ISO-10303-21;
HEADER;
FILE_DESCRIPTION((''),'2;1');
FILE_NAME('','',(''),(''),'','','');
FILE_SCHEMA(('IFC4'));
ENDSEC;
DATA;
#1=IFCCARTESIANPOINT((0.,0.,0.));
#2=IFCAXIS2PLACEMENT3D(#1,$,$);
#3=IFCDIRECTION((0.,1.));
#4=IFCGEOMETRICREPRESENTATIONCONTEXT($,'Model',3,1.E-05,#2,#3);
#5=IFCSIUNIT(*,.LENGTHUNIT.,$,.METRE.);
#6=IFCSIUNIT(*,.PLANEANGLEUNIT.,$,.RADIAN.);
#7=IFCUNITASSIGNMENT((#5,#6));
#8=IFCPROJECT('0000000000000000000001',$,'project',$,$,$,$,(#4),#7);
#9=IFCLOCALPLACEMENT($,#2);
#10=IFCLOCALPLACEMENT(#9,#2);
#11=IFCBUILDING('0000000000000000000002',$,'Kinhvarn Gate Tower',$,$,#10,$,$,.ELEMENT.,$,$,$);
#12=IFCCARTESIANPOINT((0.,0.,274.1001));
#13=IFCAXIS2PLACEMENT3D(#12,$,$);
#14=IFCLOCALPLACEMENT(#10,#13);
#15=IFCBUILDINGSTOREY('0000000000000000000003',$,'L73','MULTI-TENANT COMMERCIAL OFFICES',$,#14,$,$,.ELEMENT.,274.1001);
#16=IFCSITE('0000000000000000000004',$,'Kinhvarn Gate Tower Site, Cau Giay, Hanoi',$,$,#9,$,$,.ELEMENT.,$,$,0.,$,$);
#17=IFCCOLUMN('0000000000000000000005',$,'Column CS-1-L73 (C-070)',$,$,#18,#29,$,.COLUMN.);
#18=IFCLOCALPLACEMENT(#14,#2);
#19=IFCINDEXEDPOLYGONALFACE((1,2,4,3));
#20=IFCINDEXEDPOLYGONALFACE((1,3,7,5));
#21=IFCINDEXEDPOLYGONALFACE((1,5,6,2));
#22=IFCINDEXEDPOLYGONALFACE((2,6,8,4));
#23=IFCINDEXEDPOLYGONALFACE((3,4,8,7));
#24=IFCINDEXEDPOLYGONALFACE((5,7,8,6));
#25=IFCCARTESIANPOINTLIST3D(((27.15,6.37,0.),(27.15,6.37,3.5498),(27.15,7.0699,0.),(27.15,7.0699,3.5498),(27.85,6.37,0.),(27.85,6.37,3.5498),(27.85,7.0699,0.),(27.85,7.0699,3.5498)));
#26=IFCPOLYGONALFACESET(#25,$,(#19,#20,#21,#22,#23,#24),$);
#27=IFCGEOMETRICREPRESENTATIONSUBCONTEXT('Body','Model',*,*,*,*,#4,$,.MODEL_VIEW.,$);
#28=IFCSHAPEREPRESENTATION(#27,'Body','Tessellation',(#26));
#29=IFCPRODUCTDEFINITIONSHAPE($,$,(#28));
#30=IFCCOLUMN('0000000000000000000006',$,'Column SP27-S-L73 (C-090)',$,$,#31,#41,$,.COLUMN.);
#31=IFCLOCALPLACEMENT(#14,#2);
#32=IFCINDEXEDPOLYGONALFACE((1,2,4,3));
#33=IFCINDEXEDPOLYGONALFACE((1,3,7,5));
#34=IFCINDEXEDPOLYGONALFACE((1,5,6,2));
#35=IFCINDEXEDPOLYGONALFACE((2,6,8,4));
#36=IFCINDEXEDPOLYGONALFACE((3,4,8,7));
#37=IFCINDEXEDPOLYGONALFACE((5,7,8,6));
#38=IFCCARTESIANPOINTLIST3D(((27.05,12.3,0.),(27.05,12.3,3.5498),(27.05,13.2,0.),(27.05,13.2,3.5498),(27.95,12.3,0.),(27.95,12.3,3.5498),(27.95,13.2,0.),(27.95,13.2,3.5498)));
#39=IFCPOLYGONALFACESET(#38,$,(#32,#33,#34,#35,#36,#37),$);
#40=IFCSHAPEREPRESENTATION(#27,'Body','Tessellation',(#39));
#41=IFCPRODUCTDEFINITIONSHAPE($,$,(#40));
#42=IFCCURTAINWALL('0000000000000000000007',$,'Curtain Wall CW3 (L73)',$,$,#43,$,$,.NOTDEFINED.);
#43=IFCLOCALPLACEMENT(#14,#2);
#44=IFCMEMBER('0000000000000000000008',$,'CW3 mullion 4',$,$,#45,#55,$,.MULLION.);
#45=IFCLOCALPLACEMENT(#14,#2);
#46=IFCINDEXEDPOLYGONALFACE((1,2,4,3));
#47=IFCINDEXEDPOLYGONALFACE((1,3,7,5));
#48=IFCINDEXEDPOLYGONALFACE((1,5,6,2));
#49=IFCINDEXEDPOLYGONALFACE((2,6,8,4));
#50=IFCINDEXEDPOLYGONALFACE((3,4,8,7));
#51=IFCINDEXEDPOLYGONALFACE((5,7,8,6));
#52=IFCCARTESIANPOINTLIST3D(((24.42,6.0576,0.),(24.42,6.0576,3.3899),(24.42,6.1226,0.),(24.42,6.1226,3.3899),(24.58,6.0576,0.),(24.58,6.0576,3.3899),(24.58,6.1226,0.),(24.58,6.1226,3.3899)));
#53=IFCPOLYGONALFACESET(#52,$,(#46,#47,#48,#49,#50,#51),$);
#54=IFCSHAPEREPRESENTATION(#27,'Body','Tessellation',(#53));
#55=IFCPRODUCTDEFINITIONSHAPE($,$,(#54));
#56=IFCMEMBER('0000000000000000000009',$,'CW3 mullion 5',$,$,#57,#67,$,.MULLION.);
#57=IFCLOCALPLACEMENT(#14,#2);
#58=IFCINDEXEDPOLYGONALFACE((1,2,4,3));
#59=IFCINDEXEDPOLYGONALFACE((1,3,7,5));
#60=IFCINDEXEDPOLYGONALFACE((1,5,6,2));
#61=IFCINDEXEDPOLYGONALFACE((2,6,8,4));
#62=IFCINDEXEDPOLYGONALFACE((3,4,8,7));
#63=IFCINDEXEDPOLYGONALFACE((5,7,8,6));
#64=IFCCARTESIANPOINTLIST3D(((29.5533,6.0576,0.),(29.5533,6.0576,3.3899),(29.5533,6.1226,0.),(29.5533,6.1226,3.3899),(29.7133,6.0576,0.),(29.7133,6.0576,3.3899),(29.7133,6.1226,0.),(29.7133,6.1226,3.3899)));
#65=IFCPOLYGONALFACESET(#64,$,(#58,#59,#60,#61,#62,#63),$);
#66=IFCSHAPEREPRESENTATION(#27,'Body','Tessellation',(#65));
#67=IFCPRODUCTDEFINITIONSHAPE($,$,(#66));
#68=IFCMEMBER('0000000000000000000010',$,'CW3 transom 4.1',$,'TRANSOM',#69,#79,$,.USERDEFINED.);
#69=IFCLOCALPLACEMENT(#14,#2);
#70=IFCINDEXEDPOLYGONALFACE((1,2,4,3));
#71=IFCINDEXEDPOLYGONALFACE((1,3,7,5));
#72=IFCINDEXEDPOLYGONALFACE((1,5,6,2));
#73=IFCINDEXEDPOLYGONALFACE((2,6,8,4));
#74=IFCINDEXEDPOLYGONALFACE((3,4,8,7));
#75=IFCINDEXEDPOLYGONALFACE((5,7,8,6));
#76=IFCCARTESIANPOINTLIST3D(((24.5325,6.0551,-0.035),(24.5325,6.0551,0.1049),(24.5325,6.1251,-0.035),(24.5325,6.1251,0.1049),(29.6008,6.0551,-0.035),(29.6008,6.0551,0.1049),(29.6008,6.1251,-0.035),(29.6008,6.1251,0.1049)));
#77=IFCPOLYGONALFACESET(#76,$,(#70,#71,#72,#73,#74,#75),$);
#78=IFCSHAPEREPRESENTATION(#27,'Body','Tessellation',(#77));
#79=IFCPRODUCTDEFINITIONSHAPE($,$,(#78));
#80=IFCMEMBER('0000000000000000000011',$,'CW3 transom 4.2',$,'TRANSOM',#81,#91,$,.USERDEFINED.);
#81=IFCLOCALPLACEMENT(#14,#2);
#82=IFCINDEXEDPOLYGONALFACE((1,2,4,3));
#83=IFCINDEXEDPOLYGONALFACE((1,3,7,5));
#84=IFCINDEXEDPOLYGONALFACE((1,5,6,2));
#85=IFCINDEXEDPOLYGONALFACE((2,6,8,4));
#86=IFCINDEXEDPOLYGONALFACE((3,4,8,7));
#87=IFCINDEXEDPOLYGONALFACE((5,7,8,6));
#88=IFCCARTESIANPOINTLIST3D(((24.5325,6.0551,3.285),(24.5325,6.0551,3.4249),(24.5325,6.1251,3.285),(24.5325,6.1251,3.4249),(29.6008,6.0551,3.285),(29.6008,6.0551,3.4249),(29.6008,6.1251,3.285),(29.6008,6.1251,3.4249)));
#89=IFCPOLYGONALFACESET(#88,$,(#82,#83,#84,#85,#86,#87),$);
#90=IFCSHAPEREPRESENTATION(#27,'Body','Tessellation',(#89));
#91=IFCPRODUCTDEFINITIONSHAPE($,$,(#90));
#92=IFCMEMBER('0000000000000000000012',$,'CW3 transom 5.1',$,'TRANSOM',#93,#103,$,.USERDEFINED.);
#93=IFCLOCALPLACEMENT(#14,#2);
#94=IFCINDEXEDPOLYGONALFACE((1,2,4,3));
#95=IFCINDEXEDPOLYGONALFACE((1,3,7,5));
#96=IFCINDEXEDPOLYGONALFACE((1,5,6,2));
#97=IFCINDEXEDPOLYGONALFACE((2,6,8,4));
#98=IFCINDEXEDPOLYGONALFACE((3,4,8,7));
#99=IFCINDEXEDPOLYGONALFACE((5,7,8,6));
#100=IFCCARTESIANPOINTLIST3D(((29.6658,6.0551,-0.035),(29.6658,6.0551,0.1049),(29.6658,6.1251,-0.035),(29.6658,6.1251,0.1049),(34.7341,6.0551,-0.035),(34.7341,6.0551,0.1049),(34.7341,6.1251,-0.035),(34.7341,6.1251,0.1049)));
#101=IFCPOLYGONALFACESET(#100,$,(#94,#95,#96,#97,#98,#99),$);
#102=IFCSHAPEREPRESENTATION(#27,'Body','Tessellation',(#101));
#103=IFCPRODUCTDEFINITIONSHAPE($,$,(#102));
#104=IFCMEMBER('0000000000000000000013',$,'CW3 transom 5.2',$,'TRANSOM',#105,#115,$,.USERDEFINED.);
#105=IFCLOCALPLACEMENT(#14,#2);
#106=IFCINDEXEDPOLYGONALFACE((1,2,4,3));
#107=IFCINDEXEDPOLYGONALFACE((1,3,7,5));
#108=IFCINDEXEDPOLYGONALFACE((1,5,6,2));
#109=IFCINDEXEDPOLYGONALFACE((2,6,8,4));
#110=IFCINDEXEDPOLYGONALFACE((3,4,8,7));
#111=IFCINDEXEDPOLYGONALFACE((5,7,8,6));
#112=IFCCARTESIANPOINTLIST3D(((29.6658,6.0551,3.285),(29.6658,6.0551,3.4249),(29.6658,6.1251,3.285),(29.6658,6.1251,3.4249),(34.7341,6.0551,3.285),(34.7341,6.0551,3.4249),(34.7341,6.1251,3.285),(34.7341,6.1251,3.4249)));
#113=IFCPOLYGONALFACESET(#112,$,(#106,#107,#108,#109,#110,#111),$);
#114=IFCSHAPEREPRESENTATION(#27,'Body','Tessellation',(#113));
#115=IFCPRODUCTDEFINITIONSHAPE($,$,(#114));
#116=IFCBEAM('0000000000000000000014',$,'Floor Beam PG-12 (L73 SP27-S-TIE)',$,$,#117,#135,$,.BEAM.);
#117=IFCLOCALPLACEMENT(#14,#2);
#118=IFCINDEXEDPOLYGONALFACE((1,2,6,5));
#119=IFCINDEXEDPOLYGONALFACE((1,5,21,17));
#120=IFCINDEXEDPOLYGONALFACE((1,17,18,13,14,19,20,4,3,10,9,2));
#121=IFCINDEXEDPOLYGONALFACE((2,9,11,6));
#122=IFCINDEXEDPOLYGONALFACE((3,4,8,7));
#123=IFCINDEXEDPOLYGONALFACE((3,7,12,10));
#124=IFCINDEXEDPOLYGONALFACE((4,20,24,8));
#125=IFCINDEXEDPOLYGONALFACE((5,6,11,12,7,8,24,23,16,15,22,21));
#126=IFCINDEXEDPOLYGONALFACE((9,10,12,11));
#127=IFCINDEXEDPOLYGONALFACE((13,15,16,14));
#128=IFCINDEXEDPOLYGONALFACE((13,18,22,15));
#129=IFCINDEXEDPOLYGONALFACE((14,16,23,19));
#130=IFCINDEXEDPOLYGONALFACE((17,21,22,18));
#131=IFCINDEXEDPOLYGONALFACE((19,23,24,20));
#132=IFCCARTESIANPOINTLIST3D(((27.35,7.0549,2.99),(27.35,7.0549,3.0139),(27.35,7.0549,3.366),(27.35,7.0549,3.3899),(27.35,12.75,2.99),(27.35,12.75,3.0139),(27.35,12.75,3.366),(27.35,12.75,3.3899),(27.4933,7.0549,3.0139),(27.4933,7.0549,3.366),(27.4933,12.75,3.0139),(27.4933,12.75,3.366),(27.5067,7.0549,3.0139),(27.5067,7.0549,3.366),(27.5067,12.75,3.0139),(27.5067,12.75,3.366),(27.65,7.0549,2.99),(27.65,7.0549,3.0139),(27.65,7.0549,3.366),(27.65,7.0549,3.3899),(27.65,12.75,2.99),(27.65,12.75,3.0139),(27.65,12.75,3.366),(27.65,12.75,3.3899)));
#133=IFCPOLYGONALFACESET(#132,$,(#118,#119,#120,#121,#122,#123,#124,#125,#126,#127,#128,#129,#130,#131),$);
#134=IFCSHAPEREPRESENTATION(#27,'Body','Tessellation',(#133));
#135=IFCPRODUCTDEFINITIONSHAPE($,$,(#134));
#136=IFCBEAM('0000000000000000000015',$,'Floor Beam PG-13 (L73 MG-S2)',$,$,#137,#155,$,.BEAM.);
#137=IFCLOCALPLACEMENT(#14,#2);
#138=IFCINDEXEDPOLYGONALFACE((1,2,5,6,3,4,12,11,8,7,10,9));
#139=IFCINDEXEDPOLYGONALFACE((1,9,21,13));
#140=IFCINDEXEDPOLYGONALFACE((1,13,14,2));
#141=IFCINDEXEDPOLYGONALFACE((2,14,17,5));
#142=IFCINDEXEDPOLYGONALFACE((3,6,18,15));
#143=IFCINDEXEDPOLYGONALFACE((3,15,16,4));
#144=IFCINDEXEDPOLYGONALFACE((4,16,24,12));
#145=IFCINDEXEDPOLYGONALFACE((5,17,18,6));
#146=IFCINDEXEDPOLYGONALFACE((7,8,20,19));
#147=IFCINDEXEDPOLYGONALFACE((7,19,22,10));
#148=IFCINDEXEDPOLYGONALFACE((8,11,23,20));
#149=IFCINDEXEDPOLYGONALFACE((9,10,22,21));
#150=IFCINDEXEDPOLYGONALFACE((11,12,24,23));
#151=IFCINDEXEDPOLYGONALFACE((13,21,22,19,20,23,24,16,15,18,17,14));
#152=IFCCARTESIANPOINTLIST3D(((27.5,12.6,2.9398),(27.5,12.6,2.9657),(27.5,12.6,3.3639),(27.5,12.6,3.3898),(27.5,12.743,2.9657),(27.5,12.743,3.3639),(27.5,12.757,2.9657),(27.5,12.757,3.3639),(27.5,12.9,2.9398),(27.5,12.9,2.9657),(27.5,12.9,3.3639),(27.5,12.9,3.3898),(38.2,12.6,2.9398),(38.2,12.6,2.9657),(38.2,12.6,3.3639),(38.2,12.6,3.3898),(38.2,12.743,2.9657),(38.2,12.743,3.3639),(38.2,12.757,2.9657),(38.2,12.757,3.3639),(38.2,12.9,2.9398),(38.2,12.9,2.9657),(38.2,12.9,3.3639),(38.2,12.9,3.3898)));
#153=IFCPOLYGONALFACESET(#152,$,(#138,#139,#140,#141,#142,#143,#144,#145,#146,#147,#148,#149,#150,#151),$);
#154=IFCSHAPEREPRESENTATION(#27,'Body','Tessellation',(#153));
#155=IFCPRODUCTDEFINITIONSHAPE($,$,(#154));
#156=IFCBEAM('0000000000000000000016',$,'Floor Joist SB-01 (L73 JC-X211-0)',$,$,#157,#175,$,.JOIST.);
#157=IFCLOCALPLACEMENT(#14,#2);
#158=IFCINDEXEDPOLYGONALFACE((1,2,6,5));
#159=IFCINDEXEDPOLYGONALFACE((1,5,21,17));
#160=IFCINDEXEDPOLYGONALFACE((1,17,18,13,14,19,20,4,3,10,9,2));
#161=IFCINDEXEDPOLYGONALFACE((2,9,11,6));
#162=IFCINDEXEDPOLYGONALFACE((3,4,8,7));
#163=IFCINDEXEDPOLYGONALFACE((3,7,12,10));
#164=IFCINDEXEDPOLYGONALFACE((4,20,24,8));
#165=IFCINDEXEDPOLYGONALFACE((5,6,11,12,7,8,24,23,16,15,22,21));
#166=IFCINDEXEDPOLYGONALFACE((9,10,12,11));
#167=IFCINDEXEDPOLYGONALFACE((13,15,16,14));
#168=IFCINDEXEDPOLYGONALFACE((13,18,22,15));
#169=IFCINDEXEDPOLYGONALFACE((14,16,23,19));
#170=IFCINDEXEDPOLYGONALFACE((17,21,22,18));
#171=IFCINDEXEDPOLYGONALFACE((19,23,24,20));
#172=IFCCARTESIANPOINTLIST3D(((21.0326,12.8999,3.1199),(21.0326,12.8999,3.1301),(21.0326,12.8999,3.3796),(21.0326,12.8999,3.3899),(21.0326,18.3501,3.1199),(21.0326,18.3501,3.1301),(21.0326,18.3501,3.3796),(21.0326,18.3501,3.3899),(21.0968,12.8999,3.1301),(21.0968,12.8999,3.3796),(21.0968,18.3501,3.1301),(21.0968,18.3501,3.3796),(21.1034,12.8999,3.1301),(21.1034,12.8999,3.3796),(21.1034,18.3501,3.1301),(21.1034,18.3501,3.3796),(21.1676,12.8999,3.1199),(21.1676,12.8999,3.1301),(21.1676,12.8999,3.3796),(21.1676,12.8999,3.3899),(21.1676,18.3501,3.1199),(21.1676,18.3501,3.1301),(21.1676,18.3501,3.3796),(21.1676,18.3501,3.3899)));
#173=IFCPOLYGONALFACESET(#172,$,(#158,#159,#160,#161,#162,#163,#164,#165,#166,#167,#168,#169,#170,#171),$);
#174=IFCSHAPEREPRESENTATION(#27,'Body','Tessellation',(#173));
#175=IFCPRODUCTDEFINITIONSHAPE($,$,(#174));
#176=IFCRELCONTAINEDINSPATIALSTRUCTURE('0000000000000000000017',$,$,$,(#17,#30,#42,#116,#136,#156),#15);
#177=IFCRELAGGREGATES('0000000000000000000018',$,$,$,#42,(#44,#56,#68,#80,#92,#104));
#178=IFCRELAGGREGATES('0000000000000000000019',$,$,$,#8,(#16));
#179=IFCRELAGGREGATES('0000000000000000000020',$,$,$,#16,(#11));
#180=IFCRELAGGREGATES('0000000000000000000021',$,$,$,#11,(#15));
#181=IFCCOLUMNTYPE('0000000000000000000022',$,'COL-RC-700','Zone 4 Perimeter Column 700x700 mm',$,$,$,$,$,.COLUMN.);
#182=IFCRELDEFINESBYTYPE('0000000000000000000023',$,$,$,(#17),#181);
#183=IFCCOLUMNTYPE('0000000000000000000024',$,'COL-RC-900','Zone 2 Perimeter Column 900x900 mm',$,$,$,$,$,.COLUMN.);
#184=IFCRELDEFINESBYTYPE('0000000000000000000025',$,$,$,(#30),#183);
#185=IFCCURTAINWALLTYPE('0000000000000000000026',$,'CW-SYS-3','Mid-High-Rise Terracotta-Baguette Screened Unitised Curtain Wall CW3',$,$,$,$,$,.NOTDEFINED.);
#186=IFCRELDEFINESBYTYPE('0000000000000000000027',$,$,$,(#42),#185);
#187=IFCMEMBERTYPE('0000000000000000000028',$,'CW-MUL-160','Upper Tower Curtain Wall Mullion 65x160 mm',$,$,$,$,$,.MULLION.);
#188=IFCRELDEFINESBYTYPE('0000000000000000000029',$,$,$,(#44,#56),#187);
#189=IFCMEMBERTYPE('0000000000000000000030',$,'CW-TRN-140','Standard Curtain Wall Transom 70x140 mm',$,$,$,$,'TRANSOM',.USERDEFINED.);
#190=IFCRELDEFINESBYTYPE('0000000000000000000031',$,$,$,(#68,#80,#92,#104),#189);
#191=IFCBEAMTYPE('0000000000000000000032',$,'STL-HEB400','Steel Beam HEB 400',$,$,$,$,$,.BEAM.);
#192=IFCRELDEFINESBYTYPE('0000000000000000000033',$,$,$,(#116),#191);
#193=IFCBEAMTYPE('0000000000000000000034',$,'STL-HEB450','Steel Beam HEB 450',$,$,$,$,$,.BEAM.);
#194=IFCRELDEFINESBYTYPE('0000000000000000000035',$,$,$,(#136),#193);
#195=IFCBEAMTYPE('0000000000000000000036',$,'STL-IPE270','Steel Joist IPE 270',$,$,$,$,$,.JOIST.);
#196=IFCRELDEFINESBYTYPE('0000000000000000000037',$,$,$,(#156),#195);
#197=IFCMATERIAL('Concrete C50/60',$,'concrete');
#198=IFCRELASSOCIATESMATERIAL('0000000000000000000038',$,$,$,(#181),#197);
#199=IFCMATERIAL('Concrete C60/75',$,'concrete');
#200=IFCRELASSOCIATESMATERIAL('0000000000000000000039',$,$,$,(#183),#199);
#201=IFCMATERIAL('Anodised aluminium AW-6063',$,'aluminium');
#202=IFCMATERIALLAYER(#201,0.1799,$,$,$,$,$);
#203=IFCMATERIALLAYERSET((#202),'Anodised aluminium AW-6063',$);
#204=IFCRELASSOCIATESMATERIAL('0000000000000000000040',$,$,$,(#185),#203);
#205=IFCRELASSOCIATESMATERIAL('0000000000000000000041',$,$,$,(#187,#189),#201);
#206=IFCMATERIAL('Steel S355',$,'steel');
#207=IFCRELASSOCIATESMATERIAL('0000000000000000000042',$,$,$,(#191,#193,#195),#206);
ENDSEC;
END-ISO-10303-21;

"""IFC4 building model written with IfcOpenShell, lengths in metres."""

from ifc_helpers import new_model, si_unit, direction, frame, origin, origin_2d, place, context, subcontext, project, spatial, rectangle, i_section, extrude, material, layer, layer_set, material_profile, profile_set, type_object, element, aggregate, save


model = new_model("IFC4")

# Units and contexts
model_context = context("Model", 3, precision=1e-05, world=origin(), true_north=direction((0.0, 1.0)))
body_context = subcontext(model_context, "Body", "Model", "MODEL_VIEW")
ifc_project = project(units=[si_unit("LENGTHUNIT", "METRE"), si_unit("PLANEANGLEUNIT", "RADIAN")], contexts=[model_context])

# Site, building, storey
site_placement = place(None, origin())
site = spatial("IfcSite", under=ifc_project, at=site_placement, Name="Kinhvarn Gate Tower Site, Cau Giay, Hanoi", CompositionType="ELEMENT", RefElevation=0.0)
building_placement = place(site_placement, origin())
building = spatial("IfcBuilding", under=site, at=building_placement, Name="Kinhvarn Gate Tower", CompositionType="ELEMENT")
storey_placement = place(building_placement, frame((0.0, 0.0, 274.1001)))
storey = spatial("IfcBuildingStorey", under=building, at=storey_placement, Name="L73", Description="MULTI-TENANT COMMERCIAL OFFICES", CompositionType="ELEMENT", Elevation=274.1001)

# Columns
ifc_material_1 = material(Name="Concrete C50/60", Category="concrete")
ifc_material_profile_1 = material_profile(ifc_material_1, rectangle(XDim=0.7, YDim=0.7, at=origin_2d()), Name="RC 700x700")
ifc_profile_set_1 = profile_set([ifc_material_profile_1], Name="Concrete C50/60")
column_type_1 = type_object("IfcColumnType", Name="COL-RC-700", Description="Zone 4 Perimeter Column 700x700 mm", PredefinedType="COLUMN", material=ifc_profile_set_1)
column_1_placement = place(storey_placement, frame((27.5, 6.72, 0.0), z_axis=(0.0, 0.0, 1.0), x_axis=(1.0, 0.0, 0.0)))
element("IfcColumn", 1, at=column_1_placement, inside=storey, type_object=column_type_1, Name="Column CS-1-L73 (C-070)", PredefinedType="COLUMN", context=body_context, shape_type="SweptSolid", body=[
    extrude(rectangle(XDim=0.7, YDim=0.7, at=origin_2d()), origin(), (0.0, 0.0, 1.0), 3.5498),
])
ifc_material_2 = material(Name="Concrete C60/75", Category="concrete")
ifc_material_profile_2 = material_profile(ifc_material_2, rectangle(XDim=0.8999, YDim=0.8999, at=origin_2d()), Name="RC 900x900")
ifc_profile_set_2 = profile_set([ifc_material_profile_2], Name="Concrete C60/75")
column_type_2 = type_object("IfcColumnType", Name="COL-RC-900", Description="Zone 2 Perimeter Column 900x900 mm", PredefinedType="COLUMN", material=ifc_profile_set_2)
column_2_placement = place(storey_placement, frame((27.5, 12.75, 0.0), z_axis=(0.0, 0.0, 1.0), x_axis=(1.0, 0.0, 0.0)))
element("IfcColumn", 2, at=column_2_placement, inside=storey, type_object=column_type_2, Name="Column SP27-S-L73 (C-090)", PredefinedType="COLUMN", context=body_context, shape_type="SweptSolid", body=[
    extrude(rectangle(XDim=0.8999, YDim=0.8999, at=origin_2d()), origin(), (0.0, 0.0, 1.0), 3.5498),
])

# Curtain wall, members
ifc_material_3 = material(Name="Anodised aluminium AW-6063", Category="aluminium")
ifc_layer_1 = layer(ifc_material_3, 0.1799)
ifc_layer_set_1 = layer_set([ifc_layer_1], Name="Anodised aluminium AW-6063")
curtain_wall_type = type_object("IfcCurtainWallType", Name="CW-SYS-3", Description="Mid-High-Rise Terracotta-Baguette Screened Unitised Curtain Wall CW3", PredefinedType="NOTDEFINED", material=ifc_layer_set_1)
curtain_wall_placement = place(storey_placement, origin())
curtain_wall = element("IfcCurtainWall", 3, at=curtain_wall_placement, inside=storey, type_object=curtain_wall_type, Name="Curtain Wall CW3 (L73)", PredefinedType="NOTDEFINED")
ifc_material_profile_3 = material_profile(ifc_material_3, rectangle(XDim=0.0649, YDim=0.1599, at=origin_2d()), Name="ALU 65x160")
ifc_profile_set_3 = profile_set([ifc_material_profile_3], Name="Anodised aluminium AW-6063")
member_type_1 = type_object("IfcMemberType", Name="CW-MUL-160", Description="Upper Tower Curtain Wall Mullion 65x160 mm", PredefinedType="MULLION", material=ifc_profile_set_3)
member_1_placement = place(storey_placement, frame((24.5, 6.0901, 0.0), z_axis=(0.0, 0.0, 1.0), x_axis=(0.0, 1.0, 0.0)))
member_1 = element("IfcMember", 4, at=member_1_placement, type_object=member_type_1, Name="CW3 mullion 4", PredefinedType="MULLION", context=body_context, shape_type="SweptSolid", body=[
    extrude(rectangle(XDim=0.0649, YDim=0.1599, at=origin_2d()), origin(), (0.0, 0.0, 1.0), 3.3899),
])
member_2_placement = place(storey_placement, frame((29.6333, 6.0901, 0.0), z_axis=(0.0, 0.0, 1.0), x_axis=(0.0, 1.0, 0.0)))
member_2 = element("IfcMember", 5, at=member_2_placement, type_object=member_type_1, Name="CW3 mullion 5", PredefinedType="MULLION", context=body_context, shape_type="SweptSolid", body=[
    extrude(rectangle(XDim=0.0649, YDim=0.1599, at=origin_2d()), origin(), (0.0, 0.0, 1.0), 3.3899),
])
ifc_material_profile_4 = material_profile(ifc_material_3, rectangle(XDim=0.0701, YDim=0.1399, at=origin_2d()), Name="ALU 70x140")
ifc_profile_set_4 = profile_set([ifc_material_profile_4], Name="Anodised aluminium AW-6063")
member_type_2 = type_object("IfcMemberType", Name="CW-TRN-140", Description="Standard Curtain Wall Transom 70x140 mm", ElementType="TRANSOM", PredefinedType="USERDEFINED", material=ifc_profile_set_4)
member_3_placement = place(storey_placement, frame((24.5325, 6.0901, 0.0349), z_axis=(1.0, 0.0, 0.0), x_axis=(0.0, 1.0, 0.0)))
member_3 = element("IfcMember", 6, at=member_3_placement, type_object=member_type_2, Name="CW3 transom 4.1", ObjectType="TRANSOM", PredefinedType="USERDEFINED", context=body_context, shape_type="SweptSolid", body=[
    extrude(rectangle(XDim=0.0701, YDim=0.1399, at=origin_2d()), origin(), (0.0, 0.0, 1.0), 5.0684),
])
member_4_placement = place(storey_placement, frame((24.5325, 6.0901, 3.355), z_axis=(1.0, 0.0, 0.0), x_axis=(0.0, 1.0, 0.0)))
member_4 = element("IfcMember", 7, at=member_4_placement, type_object=member_type_2, Name="CW3 transom 4.2", ObjectType="TRANSOM", PredefinedType="USERDEFINED", context=body_context, shape_type="SweptSolid", body=[
    extrude(rectangle(XDim=0.0701, YDim=0.1399, at=origin_2d()), origin(), (0.0, 0.0, 1.0), 5.0684),
])
member_5_placement = place(storey_placement, frame((29.6658, 6.0901, 0.0349), z_axis=(1.0, 0.0, 0.0), x_axis=(0.0, 1.0, 0.0)))
member_5 = element("IfcMember", 8, at=member_5_placement, type_object=member_type_2, Name="CW3 transom 5.1", ObjectType="TRANSOM", PredefinedType="USERDEFINED", context=body_context, shape_type="SweptSolid", body=[
    extrude(rectangle(XDim=0.0701, YDim=0.1399, at=origin_2d()), origin(), (0.0, 0.0, 1.0), 5.0684),
])
member_6_placement = place(storey_placement, frame((29.6658, 6.0901, 3.355), z_axis=(1.0, 0.0, 0.0), x_axis=(0.0, 1.0, 0.0)))
member_6 = element("IfcMember", 9, at=member_6_placement, type_object=member_type_2, Name="CW3 transom 5.2", ObjectType="TRANSOM", PredefinedType="USERDEFINED", context=body_context, shape_type="SweptSolid", body=[
    extrude(rectangle(XDim=0.0701, YDim=0.1399, at=origin_2d()), origin(), (0.0, 0.0, 1.0), 5.0684),
])

# Beams
ifc_material_4 = material(Name="Steel S355", Category="steel")
ifc_material_profile_5 = material_profile(ifc_material_4, i_section(OverallWidth=0.3, OverallDepth=0.3999, WebThickness=0.0134, FlangeThickness=0.0239, at=origin_2d()), Name="HEB 400")
ifc_profile_set_5 = profile_set([ifc_material_profile_5], Name="Steel S355")
beam_type_1 = type_object("IfcBeamType", Name="STL-HEB400", Description="Steel Beam HEB 400", PredefinedType="BEAM", material=ifc_profile_set_5)
beam_1_placement = place(storey_placement, frame((27.5, 7.0549, 3.1899), z_axis=(0.0, 1.0, 0.0), x_axis=(-1.0, 0.0, 0.0)))
element("IfcBeam", 10, at=beam_1_placement, inside=storey, type_object=beam_type_1, Name="Floor Beam PG-12 (L73 SP27-S-TIE)", PredefinedType="BEAM", context=body_context, shape_type="SweptSolid", body=[
    extrude(i_section(OverallWidth=0.3, OverallDepth=0.3999, WebThickness=0.0134, FlangeThickness=0.0239, at=origin_2d()), origin(), (0.0, 0.0, 1.0), 5.6951),
])
ifc_material_profile_6 = material_profile(ifc_material_4, i_section(OverallWidth=0.3, OverallDepth=0.45, WebThickness=0.0139, FlangeThickness=0.0259, at=origin_2d()), Name="HEB 450")
ifc_profile_set_6 = profile_set([ifc_material_profile_6], Name="Steel S355")
beam_type_2 = type_object("IfcBeamType", Name="STL-HEB450", Description="Steel Beam HEB 450", PredefinedType="BEAM", material=ifc_profile_set_6)
beam_2_placement = place(storey_placement, frame((27.5, 12.75, 3.1648), z_axis=(1.0, 0.0, 0.0), x_axis=(0.0, 1.0, 0.0)))
element("IfcBeam", 11, at=beam_2_placement, inside=storey, type_object=beam_type_2, Name="Floor Beam PG-13 (L73 MG-S2)", PredefinedType="BEAM", context=body_context, shape_type="SweptSolid", body=[
    extrude(i_section(OverallWidth=0.3, OverallDepth=0.45, WebThickness=0.0139, FlangeThickness=0.0259, at=origin_2d()), origin(), (0.0, 0.0, 1.0), 10.7),
])
ifc_material_profile_7 = material_profile(ifc_material_4, i_section(OverallWidth=0.135, OverallDepth=0.27, WebThickness=0.0066, FlangeThickness=0.0103, at=origin_2d()), Name="IPE 270")
ifc_profile_set_7 = profile_set([ifc_material_profile_7], Name="Steel S355")
beam_type_3 = type_object("IfcBeamType", Name="STL-IPE270", Description="Steel Joist IPE 270", PredefinedType="JOIST", material=ifc_profile_set_7)
for number, where, z_axis, x_axis, name in (
    (12, (21.1001, 12.8999, 3.2549), (0.0, 1.0, 0.0), (-1.0, 0.0, 0.0), "Floor Joist SB-01 (L73 JC-X211-0)"),
):
    element("IfcBeam", number, at=place(storey_placement, frame(where, z_axis=z_axis, x_axis=x_axis)), inside=storey, type_object=beam_type_3, Name=name, PredefinedType="JOIST", context=body_context, shape_type="SweptSolid", body=[
        extrude(i_section(OverallWidth=0.135, OverallDepth=0.27, WebThickness=0.0066, FlangeThickness=0.0103, at=origin_2d()), origin(), (0.0, 0.0, 1.0), 5.4502),
    ])

aggregate(curtain_wall, [member_1, member_2, member_3, member_4, member_5, member_6])

save(model, "model.ifc")
